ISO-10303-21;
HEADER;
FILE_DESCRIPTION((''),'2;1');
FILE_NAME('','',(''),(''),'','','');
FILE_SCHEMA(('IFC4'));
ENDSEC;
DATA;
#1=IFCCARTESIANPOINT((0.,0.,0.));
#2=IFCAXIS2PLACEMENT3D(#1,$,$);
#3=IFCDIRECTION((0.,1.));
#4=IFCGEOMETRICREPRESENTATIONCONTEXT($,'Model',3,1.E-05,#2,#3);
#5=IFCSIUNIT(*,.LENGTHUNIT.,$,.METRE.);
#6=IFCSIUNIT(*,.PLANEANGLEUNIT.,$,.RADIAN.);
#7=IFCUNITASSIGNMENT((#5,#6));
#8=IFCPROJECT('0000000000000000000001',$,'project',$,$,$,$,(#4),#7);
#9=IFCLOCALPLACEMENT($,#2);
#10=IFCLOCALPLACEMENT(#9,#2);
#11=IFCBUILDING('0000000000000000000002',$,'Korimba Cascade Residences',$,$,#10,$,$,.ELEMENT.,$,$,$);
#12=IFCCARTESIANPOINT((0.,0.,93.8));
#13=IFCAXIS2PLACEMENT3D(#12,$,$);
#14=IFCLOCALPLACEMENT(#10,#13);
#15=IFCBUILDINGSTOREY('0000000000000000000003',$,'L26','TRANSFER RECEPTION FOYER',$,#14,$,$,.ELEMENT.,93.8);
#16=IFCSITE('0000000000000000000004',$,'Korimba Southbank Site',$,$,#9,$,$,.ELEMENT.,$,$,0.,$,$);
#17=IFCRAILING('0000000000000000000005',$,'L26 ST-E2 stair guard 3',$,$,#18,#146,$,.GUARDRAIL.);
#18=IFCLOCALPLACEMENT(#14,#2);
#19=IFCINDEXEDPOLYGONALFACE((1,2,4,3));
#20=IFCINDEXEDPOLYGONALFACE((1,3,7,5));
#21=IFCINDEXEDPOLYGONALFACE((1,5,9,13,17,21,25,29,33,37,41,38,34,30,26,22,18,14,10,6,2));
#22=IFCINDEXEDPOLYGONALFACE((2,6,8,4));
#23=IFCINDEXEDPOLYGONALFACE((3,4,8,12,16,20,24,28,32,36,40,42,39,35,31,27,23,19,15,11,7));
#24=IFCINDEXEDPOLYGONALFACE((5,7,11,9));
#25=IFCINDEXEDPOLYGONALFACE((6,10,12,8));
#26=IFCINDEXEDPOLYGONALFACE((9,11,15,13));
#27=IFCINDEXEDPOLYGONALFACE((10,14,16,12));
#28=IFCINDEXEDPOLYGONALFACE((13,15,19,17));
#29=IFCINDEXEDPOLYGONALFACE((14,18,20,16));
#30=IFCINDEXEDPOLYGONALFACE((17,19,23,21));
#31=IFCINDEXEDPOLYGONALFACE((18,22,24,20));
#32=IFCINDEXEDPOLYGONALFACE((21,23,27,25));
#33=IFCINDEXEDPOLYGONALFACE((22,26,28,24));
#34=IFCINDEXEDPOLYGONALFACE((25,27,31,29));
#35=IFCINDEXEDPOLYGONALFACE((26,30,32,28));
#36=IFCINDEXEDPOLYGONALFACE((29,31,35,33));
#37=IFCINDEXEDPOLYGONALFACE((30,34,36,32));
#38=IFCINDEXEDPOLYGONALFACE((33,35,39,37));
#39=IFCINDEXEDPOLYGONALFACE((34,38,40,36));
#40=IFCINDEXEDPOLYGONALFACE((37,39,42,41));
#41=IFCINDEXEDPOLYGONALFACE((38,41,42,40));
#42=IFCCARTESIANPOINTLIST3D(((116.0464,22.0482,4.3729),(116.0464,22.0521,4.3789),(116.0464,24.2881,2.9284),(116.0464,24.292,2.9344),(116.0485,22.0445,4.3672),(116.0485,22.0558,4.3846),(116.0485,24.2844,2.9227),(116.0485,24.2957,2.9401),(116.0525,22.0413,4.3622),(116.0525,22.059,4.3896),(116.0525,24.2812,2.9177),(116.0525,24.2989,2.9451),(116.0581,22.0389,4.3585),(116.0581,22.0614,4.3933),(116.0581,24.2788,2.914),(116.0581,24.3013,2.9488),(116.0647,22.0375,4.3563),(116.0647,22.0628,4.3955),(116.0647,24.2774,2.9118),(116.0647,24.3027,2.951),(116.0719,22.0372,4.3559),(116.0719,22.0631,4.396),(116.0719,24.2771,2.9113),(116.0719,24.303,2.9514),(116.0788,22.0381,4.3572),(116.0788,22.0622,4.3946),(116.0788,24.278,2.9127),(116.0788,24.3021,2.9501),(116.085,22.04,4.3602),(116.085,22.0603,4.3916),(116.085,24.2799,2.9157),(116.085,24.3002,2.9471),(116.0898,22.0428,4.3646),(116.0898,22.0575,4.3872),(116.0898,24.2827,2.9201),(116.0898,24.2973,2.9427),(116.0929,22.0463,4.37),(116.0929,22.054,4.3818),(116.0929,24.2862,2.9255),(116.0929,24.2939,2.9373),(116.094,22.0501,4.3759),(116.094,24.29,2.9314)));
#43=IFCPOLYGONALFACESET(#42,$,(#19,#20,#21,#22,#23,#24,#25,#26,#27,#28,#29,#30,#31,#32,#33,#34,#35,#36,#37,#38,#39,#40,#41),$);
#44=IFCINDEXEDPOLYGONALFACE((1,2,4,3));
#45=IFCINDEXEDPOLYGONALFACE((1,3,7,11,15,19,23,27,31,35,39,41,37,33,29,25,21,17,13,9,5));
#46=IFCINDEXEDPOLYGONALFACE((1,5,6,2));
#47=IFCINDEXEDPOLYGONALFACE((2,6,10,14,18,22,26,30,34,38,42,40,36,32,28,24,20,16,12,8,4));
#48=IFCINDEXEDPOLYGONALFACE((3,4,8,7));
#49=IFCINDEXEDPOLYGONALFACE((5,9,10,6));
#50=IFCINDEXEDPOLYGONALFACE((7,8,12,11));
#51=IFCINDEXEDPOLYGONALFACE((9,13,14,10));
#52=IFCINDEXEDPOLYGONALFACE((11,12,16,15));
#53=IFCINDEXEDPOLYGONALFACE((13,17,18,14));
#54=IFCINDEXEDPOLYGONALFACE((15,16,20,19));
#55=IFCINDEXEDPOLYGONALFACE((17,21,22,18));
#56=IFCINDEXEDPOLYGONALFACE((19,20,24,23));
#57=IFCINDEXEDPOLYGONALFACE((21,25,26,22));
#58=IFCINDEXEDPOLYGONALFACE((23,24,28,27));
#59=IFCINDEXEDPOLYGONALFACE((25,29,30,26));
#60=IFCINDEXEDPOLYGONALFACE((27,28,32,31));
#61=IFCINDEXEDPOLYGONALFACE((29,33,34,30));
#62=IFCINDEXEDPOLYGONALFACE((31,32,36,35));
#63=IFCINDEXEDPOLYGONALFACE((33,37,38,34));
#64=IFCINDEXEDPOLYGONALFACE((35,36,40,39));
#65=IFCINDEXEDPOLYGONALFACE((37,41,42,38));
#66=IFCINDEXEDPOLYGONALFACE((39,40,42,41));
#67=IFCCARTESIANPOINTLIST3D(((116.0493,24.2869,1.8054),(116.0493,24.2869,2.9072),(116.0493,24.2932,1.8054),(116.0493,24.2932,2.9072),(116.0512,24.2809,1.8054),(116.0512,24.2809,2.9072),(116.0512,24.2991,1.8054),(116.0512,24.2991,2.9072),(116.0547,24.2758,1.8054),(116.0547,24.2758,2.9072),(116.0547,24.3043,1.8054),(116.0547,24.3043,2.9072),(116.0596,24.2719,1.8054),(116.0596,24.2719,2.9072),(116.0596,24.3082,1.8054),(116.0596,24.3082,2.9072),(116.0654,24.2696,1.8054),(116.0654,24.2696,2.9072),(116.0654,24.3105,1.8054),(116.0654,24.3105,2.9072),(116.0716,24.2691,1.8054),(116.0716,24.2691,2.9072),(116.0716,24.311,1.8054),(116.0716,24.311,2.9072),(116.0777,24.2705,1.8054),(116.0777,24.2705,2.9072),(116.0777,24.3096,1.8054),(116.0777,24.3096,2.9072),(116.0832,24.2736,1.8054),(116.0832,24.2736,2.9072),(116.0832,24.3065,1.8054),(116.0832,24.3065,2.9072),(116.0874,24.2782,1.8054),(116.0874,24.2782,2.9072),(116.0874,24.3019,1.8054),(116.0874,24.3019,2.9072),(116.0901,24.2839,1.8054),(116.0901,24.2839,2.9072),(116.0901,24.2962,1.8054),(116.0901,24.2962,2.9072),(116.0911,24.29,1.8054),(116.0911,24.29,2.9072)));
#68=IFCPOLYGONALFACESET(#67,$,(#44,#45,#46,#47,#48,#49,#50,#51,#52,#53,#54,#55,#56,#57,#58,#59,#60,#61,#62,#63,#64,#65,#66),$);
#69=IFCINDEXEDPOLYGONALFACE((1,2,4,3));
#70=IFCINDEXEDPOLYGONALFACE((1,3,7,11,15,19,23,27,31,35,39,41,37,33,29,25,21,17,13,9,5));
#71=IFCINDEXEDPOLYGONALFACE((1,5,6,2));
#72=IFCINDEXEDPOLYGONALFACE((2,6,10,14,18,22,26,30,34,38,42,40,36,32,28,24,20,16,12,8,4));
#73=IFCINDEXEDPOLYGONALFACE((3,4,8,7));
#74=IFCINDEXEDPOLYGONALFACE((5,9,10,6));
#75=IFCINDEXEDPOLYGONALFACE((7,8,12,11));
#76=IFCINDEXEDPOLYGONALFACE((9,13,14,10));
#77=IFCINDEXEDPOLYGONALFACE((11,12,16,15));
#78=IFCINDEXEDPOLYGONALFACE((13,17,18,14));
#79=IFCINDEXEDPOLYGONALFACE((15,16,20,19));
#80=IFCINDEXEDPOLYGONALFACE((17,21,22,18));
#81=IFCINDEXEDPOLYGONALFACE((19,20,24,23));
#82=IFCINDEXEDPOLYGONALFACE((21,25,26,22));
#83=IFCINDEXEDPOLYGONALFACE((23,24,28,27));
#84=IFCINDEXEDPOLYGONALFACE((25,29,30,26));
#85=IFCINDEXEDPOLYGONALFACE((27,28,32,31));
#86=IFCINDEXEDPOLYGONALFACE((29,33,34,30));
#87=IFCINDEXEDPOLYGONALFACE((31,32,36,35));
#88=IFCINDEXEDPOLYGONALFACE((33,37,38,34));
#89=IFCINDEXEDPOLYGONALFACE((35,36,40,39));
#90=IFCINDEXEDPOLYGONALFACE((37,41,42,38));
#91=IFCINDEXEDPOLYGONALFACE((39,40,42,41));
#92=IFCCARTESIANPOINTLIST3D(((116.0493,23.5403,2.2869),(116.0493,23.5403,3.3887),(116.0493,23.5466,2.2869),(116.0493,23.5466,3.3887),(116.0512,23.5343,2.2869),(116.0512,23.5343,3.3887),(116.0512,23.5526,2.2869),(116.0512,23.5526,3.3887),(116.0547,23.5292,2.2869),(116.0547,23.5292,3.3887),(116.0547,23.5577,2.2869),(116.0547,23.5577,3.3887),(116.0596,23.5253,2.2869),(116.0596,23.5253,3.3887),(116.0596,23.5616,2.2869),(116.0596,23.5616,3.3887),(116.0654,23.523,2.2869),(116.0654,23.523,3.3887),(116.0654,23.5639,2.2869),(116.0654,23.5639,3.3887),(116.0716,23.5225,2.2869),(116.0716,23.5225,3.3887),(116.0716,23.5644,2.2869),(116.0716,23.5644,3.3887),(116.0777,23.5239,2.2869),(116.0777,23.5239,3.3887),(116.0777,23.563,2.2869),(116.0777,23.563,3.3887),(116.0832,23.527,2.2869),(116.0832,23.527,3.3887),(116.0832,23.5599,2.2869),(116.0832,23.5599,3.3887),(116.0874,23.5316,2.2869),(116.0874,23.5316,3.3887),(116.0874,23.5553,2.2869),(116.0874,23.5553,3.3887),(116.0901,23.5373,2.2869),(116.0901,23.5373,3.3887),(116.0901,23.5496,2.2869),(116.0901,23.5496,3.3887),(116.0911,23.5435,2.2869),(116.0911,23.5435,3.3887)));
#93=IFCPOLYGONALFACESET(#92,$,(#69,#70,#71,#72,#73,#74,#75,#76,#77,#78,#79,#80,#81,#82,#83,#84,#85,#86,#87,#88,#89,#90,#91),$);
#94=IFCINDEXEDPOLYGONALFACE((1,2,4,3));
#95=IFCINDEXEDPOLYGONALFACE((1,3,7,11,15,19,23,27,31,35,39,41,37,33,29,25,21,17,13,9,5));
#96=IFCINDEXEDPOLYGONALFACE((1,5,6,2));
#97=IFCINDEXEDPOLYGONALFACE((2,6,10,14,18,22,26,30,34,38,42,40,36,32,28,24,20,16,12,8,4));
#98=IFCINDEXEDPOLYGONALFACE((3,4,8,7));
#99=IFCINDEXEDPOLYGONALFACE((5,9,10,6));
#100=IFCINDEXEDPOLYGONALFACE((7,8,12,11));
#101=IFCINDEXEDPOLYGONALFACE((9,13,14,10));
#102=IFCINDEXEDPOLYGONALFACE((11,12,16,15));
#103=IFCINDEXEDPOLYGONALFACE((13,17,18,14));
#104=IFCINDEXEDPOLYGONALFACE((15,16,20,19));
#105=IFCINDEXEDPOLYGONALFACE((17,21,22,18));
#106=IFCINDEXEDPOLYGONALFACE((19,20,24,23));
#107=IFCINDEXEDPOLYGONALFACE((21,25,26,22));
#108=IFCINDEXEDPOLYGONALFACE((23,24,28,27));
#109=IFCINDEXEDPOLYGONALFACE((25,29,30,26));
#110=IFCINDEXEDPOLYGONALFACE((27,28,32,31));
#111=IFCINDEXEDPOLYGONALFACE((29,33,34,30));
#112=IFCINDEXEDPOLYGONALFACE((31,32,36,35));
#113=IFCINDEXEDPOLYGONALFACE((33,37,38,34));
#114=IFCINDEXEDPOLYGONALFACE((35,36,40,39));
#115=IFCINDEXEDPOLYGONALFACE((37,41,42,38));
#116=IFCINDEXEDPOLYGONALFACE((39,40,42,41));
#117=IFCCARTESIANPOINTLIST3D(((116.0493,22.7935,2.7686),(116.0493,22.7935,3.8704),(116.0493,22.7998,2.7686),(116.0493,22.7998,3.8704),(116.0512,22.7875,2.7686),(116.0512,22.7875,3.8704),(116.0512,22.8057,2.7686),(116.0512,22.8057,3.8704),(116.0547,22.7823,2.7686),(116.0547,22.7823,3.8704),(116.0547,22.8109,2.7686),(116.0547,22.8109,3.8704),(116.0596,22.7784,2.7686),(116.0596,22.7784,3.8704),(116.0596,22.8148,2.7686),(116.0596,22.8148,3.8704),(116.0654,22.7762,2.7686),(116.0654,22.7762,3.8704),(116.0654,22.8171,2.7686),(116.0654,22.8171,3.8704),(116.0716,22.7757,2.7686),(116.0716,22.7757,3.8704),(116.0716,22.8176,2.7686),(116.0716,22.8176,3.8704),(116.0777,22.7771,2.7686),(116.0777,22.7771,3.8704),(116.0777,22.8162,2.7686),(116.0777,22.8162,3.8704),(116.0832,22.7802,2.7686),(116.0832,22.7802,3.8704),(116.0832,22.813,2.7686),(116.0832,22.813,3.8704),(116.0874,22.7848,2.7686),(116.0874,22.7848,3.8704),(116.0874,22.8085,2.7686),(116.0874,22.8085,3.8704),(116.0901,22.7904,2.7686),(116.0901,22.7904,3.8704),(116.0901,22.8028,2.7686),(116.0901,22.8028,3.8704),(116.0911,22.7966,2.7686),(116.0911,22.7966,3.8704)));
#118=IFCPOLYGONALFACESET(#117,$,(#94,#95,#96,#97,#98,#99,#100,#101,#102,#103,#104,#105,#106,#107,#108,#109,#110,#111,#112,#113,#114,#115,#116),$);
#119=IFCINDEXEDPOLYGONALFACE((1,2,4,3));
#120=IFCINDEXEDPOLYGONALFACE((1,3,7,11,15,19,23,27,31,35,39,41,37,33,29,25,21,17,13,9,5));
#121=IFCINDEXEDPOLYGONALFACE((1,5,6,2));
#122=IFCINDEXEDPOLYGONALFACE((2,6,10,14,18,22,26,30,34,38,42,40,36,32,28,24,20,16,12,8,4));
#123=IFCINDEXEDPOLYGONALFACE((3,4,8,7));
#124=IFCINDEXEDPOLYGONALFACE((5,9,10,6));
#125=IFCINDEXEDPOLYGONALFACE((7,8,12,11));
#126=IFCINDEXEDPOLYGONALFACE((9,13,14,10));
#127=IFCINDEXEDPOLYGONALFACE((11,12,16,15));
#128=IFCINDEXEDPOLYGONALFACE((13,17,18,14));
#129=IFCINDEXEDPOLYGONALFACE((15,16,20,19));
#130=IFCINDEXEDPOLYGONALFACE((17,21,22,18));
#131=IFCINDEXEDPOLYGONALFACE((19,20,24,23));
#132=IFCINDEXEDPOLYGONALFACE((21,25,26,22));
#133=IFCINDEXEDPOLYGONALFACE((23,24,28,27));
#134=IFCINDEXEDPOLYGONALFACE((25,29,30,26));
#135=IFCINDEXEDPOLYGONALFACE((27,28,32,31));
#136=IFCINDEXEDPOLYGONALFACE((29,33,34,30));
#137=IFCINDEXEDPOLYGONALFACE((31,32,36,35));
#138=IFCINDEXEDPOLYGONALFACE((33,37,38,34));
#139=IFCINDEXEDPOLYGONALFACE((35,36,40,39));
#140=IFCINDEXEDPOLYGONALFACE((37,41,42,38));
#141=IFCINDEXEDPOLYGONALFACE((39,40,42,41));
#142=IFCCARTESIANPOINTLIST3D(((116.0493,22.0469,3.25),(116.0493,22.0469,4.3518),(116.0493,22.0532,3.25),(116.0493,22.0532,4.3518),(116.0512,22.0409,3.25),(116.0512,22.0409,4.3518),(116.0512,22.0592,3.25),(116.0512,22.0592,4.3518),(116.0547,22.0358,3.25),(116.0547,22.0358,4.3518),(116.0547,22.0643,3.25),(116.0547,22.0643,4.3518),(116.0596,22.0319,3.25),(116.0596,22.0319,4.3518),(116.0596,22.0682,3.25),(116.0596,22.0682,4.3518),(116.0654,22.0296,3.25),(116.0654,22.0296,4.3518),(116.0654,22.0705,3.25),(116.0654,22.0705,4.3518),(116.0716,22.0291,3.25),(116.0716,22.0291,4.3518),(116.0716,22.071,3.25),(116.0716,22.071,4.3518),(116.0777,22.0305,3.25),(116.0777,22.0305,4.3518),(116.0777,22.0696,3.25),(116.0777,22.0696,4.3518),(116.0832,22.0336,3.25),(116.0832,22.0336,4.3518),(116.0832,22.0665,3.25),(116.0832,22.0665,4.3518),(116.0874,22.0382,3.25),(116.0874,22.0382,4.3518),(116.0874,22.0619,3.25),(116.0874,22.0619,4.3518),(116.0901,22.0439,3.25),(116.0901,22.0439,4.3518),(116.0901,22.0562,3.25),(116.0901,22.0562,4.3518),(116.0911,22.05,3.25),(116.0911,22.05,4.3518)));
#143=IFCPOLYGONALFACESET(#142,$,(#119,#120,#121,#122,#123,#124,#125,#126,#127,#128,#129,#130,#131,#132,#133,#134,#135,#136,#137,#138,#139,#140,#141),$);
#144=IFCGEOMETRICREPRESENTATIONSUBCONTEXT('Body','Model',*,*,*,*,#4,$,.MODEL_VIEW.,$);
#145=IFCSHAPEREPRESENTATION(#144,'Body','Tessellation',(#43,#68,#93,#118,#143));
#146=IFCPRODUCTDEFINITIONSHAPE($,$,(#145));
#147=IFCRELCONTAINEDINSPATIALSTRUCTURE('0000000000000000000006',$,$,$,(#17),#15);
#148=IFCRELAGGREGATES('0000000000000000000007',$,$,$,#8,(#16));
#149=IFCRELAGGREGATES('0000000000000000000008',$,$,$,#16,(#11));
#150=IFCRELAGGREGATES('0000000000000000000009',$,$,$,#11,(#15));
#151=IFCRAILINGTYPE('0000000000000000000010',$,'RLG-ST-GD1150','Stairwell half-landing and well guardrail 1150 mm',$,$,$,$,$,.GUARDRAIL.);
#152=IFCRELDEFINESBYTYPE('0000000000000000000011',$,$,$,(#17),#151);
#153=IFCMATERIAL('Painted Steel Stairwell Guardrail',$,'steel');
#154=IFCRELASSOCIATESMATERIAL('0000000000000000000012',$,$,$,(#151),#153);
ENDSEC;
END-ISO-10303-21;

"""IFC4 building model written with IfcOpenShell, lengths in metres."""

from ifc_helpers import new_model, si_unit, direction, frame, origin, origin_2d, place, context, subcontext, project, spatial, circle, extrude, material, type_object, element, save


model = new_model("IFC4")

# Units and contexts
model_context = context("Model", 3, precision=1e-05, world=origin(), true_north=direction((0.0, 1.0)))
body_context = subcontext(model_context, "Body", "Model", "MODEL_VIEW")
ifc_project = project(units=[si_unit("LENGTHUNIT", "METRE"), si_unit("PLANEANGLEUNIT", "RADIAN")], contexts=[model_context])

# Site, building, storey
site_placement = place(None, origin())
site = spatial("IfcSite", under=ifc_project, at=site_placement, Name="Korimba Southbank Site", CompositionType="ELEMENT", RefElevation=0.0)
building_placement = place(site_placement, origin())
building = spatial("IfcBuilding", under=site, at=building_placement, Name="Korimba Cascade Residences", CompositionType="ELEMENT")
storey_placement = place(building_placement, frame((0.0, 0.0, 93.8)))
storey = spatial("IfcBuildingStorey", under=building, at=storey_placement, Name="L26", Description="TRANSFER RECEPTION FOYER", CompositionType="ELEMENT", Elevation=93.8)

# Railing
ifc_material_1 = material(Name="Painted Steel Stairwell Guardrail", Category="steel")
railing_type_1 = type_object("IfcRailingType", Name="RLG-ST-GD1150", Description="Stairwell half-landing and well guardrail 1150 mm", PredefinedType="GUARDRAIL", material=ifc_material_1)
railing_1_placement = place(storey_placement, frame((116.0701, 24.29, 1.8054)))
element("IfcRailing", 1, at=railing_1_placement, inside=storey, type_object=railing_type_1, Name="L26 ST-E2 stair guard 3", PredefinedType="GUARDRAIL", context=body_context, shape_type="SweptSolid", body=[
    extrude(circle(Radius=0.0239, at=origin_2d()), frame((0.0, 0.0, 1.126), z_axis=(0.0, -0.840395, 0.541975), x_axis=(1.0, 0.0, 0.0)), (0.0, 0.0, 1.0), 2.6653),
    extrude(circle(Radius=0.021, at=origin_2d()), origin(), (0.0, 0.0, 1.0), 1.1018),
    extrude(circle(Radius=0.021, at=origin_2d()), frame((0.0, -0.7466, 0.4814)), (0.0, 0.0, 1.0), 1.1018),
    extrude(circle(Radius=0.021, at=origin_2d()), frame((0.0, -1.4934, 0.9631)), (0.0, 0.0, 1.0), 1.1018),
    extrude(circle(Radius=0.021, at=origin_2d()), frame((0.0, -2.24, 1.4446)), (0.0, 0.0, 1.0), 1.1018),
])

save(model, "model.ifc")
